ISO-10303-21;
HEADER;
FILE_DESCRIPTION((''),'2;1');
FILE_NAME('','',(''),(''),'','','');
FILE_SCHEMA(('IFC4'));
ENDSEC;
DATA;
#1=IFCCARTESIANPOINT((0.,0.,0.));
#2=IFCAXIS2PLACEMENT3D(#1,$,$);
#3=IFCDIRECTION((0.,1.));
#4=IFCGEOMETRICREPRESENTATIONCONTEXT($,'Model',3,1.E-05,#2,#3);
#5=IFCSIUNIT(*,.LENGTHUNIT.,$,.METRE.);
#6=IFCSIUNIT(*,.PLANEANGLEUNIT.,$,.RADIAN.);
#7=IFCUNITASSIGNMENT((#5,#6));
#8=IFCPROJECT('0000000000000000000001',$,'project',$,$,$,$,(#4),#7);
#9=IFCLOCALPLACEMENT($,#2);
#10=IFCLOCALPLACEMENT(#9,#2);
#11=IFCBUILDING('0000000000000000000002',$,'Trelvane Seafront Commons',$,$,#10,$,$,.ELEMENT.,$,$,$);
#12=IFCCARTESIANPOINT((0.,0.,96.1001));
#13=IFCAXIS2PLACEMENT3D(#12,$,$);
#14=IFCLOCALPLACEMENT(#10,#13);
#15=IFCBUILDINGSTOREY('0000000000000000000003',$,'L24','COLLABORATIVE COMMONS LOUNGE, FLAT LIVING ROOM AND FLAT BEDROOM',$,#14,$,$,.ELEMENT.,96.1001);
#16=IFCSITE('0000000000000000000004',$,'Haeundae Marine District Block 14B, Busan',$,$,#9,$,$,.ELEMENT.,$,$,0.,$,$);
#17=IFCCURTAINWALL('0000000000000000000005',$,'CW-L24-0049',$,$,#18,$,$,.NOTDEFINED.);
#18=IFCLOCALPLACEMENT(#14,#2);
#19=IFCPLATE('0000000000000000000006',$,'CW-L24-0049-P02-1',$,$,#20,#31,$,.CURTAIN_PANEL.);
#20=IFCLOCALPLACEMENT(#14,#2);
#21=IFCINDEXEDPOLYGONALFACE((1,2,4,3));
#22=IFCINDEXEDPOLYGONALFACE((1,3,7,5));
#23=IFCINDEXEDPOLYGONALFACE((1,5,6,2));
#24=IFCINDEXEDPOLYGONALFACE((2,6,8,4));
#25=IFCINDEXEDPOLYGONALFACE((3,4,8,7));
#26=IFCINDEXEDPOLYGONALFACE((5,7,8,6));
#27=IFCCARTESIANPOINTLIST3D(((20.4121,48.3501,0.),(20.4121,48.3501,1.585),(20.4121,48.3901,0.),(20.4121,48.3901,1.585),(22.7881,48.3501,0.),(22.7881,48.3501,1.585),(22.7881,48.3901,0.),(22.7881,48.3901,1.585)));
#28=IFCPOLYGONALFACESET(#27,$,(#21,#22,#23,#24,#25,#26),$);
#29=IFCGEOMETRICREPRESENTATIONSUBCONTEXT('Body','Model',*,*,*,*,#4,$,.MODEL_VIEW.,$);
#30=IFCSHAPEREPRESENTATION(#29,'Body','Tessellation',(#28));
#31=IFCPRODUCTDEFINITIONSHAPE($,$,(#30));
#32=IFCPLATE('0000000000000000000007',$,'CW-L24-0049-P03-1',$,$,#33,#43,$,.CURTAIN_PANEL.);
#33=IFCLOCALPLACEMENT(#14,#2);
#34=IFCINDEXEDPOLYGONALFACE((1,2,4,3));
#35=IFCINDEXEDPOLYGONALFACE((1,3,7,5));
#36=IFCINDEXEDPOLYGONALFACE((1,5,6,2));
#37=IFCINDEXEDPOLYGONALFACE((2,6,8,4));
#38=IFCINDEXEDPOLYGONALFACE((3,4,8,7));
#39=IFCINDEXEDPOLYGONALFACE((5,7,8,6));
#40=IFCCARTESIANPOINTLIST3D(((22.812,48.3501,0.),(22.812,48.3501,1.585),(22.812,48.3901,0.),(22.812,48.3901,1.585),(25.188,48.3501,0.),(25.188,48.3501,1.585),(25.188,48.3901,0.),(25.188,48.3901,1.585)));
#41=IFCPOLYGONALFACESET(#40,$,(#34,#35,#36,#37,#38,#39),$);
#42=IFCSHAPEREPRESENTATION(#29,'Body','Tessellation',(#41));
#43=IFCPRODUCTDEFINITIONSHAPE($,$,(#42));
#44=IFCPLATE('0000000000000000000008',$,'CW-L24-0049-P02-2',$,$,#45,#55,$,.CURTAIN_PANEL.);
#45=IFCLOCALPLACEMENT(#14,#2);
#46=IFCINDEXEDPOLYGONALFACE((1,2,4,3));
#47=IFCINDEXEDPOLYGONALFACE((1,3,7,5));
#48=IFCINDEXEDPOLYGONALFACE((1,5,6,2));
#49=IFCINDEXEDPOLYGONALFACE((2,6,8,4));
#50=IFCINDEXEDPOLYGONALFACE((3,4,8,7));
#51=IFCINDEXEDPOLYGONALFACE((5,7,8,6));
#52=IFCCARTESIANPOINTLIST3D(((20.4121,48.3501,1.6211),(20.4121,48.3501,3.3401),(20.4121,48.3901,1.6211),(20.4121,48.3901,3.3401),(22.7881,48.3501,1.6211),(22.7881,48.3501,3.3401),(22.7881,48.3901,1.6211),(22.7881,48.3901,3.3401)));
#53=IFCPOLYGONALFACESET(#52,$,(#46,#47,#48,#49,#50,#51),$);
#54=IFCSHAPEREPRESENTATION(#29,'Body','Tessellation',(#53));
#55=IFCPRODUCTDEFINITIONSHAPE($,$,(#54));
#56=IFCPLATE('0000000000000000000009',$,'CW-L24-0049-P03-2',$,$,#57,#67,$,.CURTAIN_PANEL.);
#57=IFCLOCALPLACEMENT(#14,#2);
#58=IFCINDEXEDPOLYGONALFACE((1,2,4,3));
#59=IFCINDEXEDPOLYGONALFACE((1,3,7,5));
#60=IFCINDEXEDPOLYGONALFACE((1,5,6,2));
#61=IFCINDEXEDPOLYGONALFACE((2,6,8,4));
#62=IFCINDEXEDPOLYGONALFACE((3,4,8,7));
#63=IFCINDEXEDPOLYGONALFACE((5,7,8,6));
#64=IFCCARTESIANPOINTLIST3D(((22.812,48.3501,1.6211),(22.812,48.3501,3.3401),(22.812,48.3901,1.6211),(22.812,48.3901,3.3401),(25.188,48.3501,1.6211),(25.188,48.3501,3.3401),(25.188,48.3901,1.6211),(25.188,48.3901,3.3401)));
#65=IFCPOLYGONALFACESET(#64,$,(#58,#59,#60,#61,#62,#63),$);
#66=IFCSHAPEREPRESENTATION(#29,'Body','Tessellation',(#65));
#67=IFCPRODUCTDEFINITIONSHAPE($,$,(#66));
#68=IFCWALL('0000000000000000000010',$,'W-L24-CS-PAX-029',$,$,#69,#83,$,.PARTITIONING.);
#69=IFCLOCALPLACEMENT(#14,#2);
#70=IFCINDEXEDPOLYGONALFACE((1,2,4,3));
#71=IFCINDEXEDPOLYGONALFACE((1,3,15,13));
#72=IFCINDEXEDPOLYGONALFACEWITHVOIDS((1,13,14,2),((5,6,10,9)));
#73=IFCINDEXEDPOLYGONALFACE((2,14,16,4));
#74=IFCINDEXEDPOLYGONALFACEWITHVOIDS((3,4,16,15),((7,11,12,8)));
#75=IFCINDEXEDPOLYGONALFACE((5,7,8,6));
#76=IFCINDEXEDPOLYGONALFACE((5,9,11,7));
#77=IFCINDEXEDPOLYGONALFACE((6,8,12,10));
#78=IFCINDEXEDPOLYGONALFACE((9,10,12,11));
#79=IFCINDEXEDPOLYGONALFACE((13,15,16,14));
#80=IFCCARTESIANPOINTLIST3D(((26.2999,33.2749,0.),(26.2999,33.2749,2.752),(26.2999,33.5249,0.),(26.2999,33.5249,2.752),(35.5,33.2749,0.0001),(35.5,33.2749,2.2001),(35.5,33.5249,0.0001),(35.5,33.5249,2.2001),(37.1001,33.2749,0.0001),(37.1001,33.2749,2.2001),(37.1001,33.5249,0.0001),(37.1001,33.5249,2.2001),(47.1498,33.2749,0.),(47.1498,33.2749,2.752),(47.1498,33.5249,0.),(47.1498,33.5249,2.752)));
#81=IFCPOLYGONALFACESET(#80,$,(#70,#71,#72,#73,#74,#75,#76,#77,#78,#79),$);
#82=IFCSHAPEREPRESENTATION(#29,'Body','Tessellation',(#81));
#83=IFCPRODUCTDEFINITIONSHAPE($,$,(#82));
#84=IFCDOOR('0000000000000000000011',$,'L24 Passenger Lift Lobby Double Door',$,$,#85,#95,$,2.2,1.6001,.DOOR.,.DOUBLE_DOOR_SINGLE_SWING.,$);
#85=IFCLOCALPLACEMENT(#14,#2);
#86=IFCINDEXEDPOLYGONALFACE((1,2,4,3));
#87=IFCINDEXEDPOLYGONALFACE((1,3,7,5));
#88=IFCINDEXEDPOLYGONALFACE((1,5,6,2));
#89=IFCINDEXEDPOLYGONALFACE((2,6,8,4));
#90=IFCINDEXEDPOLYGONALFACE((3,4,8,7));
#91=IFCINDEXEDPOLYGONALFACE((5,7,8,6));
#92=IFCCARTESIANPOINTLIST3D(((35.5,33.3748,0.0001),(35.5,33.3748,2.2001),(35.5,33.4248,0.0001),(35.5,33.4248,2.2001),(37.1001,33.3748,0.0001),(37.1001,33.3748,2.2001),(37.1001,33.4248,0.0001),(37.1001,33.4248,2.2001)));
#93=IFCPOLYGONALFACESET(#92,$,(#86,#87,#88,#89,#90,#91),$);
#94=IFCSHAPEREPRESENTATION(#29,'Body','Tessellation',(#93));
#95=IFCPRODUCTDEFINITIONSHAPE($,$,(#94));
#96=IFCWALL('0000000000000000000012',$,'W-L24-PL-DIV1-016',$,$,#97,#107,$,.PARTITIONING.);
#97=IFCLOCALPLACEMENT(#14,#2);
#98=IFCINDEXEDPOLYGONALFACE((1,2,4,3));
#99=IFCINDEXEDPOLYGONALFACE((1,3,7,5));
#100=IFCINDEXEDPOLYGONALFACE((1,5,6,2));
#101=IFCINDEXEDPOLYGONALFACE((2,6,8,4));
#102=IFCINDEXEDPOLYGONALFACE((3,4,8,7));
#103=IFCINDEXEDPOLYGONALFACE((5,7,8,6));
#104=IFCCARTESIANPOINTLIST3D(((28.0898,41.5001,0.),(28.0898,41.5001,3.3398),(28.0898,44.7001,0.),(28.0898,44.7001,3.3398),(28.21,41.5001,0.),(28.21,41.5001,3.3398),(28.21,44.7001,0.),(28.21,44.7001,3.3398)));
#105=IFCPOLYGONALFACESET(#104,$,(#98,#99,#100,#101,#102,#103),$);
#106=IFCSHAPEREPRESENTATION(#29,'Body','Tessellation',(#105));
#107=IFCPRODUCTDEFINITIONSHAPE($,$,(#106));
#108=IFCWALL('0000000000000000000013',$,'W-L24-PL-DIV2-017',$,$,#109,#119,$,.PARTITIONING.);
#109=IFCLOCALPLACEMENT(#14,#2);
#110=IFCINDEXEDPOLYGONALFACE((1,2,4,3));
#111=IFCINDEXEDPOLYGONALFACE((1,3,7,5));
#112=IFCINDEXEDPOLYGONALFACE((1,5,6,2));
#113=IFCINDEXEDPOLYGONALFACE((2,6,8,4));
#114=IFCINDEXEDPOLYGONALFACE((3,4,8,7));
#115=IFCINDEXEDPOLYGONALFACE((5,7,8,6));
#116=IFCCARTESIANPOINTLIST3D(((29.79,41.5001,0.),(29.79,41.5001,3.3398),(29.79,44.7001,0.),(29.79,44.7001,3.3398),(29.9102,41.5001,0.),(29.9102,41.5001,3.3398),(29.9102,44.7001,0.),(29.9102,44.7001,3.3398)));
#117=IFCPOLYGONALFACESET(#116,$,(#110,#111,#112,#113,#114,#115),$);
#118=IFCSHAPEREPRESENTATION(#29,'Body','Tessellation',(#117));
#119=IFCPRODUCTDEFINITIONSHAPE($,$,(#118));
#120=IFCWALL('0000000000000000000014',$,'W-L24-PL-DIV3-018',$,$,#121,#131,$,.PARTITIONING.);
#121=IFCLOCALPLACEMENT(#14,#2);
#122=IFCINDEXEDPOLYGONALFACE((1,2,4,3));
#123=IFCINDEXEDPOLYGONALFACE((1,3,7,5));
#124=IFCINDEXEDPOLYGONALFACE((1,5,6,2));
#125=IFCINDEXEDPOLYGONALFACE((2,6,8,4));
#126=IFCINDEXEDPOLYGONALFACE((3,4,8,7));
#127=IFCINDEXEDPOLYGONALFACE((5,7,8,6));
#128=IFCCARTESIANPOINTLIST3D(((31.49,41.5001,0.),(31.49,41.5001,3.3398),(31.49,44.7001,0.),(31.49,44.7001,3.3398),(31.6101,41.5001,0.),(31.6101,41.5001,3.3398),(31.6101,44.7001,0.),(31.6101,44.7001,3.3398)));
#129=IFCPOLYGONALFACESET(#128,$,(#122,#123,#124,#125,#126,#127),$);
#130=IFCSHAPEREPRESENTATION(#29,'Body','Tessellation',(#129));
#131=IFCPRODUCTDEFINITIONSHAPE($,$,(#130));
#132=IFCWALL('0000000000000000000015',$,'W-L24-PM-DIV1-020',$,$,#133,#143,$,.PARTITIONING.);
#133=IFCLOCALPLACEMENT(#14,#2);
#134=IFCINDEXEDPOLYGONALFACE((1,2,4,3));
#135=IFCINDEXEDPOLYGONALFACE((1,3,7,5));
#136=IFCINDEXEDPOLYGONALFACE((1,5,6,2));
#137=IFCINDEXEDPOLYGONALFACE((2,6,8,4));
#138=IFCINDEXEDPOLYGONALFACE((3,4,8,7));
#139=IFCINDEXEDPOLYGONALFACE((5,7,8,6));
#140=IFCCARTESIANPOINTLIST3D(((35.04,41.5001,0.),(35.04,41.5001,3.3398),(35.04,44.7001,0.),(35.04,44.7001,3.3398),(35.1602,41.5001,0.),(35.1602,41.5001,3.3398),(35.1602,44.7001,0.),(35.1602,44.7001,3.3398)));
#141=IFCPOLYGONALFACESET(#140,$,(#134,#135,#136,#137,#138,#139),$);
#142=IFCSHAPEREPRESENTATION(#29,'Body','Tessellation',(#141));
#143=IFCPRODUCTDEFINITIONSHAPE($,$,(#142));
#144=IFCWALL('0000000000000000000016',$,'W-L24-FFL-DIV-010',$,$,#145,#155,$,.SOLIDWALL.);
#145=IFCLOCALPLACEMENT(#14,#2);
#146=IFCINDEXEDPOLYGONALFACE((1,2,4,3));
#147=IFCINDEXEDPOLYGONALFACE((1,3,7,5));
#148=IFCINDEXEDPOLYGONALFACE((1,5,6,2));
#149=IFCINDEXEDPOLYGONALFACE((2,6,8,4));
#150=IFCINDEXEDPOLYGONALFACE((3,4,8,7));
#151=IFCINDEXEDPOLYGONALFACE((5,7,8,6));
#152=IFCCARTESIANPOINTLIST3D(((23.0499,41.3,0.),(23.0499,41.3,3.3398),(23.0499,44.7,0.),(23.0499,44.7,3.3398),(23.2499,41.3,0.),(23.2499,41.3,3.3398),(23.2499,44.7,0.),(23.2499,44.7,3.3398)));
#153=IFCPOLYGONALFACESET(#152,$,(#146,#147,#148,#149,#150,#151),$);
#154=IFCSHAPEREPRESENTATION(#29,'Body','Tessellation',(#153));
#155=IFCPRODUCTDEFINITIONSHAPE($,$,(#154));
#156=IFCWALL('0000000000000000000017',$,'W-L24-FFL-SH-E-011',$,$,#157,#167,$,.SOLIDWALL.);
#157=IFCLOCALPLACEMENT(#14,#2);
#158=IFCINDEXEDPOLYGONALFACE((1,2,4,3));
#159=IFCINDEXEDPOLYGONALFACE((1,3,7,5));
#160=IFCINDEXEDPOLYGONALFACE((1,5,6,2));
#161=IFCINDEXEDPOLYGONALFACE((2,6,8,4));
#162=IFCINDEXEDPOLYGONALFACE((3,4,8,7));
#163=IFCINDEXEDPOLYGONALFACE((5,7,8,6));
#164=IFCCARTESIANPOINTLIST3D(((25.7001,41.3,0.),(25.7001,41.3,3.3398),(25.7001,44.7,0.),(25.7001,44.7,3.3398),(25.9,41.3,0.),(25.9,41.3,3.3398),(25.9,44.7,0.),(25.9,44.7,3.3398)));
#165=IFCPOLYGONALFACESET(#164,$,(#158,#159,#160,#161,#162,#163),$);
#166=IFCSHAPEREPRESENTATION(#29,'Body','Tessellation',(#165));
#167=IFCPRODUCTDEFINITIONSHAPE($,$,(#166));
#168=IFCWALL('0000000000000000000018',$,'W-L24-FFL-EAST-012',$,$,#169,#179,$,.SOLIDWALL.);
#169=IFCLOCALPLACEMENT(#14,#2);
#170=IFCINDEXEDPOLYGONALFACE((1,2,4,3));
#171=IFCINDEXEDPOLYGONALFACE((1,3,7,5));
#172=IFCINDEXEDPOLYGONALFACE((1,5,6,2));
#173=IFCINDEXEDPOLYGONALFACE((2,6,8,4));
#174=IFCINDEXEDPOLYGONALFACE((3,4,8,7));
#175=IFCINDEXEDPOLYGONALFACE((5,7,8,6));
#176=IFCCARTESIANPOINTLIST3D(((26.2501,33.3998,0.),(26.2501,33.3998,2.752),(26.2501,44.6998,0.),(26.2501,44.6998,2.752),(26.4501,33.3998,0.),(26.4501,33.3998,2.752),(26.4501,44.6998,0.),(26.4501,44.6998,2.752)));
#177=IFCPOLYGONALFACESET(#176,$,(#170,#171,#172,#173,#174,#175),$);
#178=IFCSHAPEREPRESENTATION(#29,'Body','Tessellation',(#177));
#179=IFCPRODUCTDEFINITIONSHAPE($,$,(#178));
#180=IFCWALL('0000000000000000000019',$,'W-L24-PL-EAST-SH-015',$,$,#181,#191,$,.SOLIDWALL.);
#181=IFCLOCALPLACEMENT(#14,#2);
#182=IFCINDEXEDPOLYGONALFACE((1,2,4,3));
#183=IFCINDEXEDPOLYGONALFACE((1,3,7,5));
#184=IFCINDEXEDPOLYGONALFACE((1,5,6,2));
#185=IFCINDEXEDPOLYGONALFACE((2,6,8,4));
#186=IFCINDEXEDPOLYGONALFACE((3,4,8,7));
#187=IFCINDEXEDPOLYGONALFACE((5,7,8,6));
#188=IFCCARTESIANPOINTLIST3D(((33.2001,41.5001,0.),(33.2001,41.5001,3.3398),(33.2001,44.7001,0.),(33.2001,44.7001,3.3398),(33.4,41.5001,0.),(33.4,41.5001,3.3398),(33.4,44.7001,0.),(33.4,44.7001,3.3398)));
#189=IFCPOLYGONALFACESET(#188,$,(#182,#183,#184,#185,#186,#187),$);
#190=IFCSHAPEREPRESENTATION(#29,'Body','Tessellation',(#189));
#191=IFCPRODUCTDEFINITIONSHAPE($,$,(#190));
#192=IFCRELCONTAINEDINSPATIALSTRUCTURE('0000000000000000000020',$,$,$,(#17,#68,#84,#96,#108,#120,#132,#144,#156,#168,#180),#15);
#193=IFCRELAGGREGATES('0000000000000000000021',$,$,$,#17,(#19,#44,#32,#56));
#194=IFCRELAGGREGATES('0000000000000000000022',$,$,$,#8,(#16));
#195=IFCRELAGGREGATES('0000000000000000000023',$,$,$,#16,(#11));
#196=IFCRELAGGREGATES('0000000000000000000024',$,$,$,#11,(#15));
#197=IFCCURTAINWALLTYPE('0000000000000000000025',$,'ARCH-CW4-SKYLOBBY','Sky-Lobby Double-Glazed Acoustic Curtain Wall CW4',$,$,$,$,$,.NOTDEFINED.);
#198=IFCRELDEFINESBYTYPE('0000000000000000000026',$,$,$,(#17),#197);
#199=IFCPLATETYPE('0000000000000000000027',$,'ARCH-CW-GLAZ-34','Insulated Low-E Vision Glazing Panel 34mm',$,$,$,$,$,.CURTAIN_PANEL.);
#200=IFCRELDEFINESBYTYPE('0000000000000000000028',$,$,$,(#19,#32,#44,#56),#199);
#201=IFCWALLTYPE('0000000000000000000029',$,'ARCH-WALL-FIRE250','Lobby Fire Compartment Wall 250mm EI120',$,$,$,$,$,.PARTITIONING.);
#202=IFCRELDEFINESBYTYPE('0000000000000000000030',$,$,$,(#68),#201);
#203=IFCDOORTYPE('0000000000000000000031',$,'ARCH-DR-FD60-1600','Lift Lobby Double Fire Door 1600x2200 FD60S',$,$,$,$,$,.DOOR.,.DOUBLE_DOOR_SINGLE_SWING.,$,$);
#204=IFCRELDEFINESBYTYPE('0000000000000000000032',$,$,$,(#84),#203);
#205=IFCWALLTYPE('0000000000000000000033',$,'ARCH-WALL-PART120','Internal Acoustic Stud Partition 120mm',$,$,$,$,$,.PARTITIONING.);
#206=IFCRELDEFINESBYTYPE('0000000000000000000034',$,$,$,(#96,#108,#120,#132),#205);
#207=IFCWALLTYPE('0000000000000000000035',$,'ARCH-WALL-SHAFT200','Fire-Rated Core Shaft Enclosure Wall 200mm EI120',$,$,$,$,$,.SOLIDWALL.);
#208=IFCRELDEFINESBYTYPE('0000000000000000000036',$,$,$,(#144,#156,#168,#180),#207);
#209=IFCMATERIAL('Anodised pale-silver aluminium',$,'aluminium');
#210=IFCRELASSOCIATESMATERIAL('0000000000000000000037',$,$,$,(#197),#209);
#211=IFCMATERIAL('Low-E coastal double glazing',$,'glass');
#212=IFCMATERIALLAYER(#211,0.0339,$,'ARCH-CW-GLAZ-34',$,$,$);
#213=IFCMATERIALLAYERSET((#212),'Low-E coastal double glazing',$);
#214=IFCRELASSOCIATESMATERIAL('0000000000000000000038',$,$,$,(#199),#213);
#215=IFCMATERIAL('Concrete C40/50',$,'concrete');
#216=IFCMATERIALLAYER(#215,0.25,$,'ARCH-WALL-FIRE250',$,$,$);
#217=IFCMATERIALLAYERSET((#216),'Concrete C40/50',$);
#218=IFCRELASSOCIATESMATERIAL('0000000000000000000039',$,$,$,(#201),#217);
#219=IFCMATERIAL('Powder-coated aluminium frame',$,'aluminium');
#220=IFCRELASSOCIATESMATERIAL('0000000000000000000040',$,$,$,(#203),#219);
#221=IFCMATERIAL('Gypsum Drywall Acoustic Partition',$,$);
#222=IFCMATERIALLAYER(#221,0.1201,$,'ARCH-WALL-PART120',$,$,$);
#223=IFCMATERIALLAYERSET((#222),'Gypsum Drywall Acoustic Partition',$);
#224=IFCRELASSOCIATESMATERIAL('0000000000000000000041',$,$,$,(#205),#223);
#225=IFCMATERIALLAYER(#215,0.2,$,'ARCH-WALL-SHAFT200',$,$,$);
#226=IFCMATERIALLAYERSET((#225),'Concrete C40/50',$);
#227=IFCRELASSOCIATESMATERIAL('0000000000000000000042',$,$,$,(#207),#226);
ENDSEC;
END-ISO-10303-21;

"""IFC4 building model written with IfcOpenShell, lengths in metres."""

from ifc_helpers import new_model, si_unit, direction, frame, frame_2d, origin, origin_2d, place, context, subcontext, project, spatial, rectangle, extrude, source, transform, mapped, material, layer, layer_set, type_object, element, fill, aggregate, save


model = new_model("IFC4")

# Units and contexts
model_context = context("Model", 3, precision=1e-05, world=origin(), true_north=direction((0.0, 1.0)))
body_context = subcontext(model_context, "Body", "Model", "MODEL_VIEW")
ifc_project = project(units=[si_unit("LENGTHUNIT", "METRE"), si_unit("PLANEANGLEUNIT", "RADIAN")], contexts=[model_context])

# Site, building, storey
site_placement = place(None, origin())
site = spatial("IfcSite", under=ifc_project, at=site_placement, Name="Haeundae Marine District Block 14B, Busan", CompositionType="ELEMENT", RefElevation=0.0)
building_placement = place(site_placement, origin())
building = spatial("IfcBuilding", under=site, at=building_placement, Name="Trelvane Seafront Commons", CompositionType="ELEMENT")
storey_placement = place(building_placement, frame((0.0, 0.0, 96.1001)))
storey = spatial("IfcBuildingStorey", under=building, at=storey_placement, Name="L24", Description="COLLABORATIVE COMMONS LOUNGE, FLAT LIVING ROOM AND FLAT BEDROOM", CompositionType="ELEMENT", Elevation=96.1001)

# Curtain wall, plates
ifc_material_1 = material(Name="Anodised pale-silver aluminium", Category="aluminium")
curtain_wall_type = type_object("IfcCurtainWallType", Name="ARCH-CW4-SKYLOBBY", Description="Sky-Lobby Double-Glazed Acoustic Curtain Wall CW4", PredefinedType="NOTDEFINED", material=ifc_material_1)
curtain_wall_placement = place(storey_placement, origin())
curtain_wall = element("IfcCurtainWall", 1, at=curtain_wall_placement, inside=storey, type_object=curtain_wall_type, Name="CW-L24-0049", PredefinedType="NOTDEFINED")
ifc_material_2 = material(Name="Low-E coastal double glazing", Category="glass")
ifc_layer_1 = layer(ifc_material_2, 0.0339, Name="ARCH-CW-GLAZ-34")
ifc_layer_set_1 = layer_set([ifc_layer_1], Name="Low-E coastal double glazing")
plate_type = type_object("IfcPlateType", Name="ARCH-CW-GLAZ-34", Description="Insulated Low-E Vision Glazing Panel 34mm", PredefinedType="CURTAIN_PANEL", material=ifc_layer_set_1)
shared_shape_1 = source(origin(), body_context, "Body", "SweptSolid", [
    extrude(rectangle(XDim=2.376, YDim=0.04, at=origin_2d()), origin(), (0.0, 0.0, 1.0), 1.585),
])
plate_1_placement = place(storey_placement, frame((21.6001, 48.3701, 0.0), z_axis=(0.0, 0.0, 1.0), x_axis=(1.0, 0.0, 0.0)))
plate_1 = element("IfcPlate", 2, at=plate_1_placement, type_object=plate_type, Name="CW-L24-0049-P02-1", PredefinedType="CURTAIN_PANEL", context=body_context, shape_type="MappedRepresentation", body=[
    mapped(shared_shape_1, transform((0.0, 0.0, 0.0), x_axis=(1.0, 0.0, 0.0), y_axis=(0.0, 1.0, 0.0), z_axis=(0.0, 0.0, 1.0), scale=1.0)),
])
plate_2_placement = place(storey_placement, frame((24.0, 48.3701, 0.0), z_axis=(0.0, 0.0, 1.0), x_axis=(1.0, 0.0, 0.0)))
plate_2 = element("IfcPlate", 3, at=plate_2_placement, type_object=plate_type, Name="CW-L24-0049-P03-1", PredefinedType="CURTAIN_PANEL", context=body_context, shape_type="MappedRepresentation", body=[
    mapped(shared_shape_1, transform((0.0, 0.0, 0.0), x_axis=(1.0, 0.0, 0.0), y_axis=(0.0, 1.0, 0.0), z_axis=(0.0, 0.0, 1.0), scale=1.0)),
])
shared_shape_2 = source(origin(), body_context, "Body", "SweptSolid", [
    extrude(rectangle(XDim=2.376, YDim=0.04, at=origin_2d()), origin(), (0.0, 0.0, 1.0), 1.719),
])
plate_3_placement = place(storey_placement, frame((21.6001, 48.3701, 1.6211), z_axis=(0.0, 0.0, 1.0), x_axis=(1.0, 0.0, 0.0)))
plate_3 = element("IfcPlate", 4, at=plate_3_placement, type_object=plate_type, Name="CW-L24-0049-P02-2", PredefinedType="CURTAIN_PANEL", context=body_context, shape_type="MappedRepresentation", body=[
    mapped(shared_shape_2, transform((0.0, 0.0, 0.0), x_axis=(1.0, 0.0, 0.0), y_axis=(0.0, 1.0, 0.0), z_axis=(0.0, 0.0, 1.0), scale=1.0)),
])
plate_4_placement = place(storey_placement, frame((24.0, 48.3701, 1.6211), z_axis=(0.0, 0.0, 1.0), x_axis=(1.0, 0.0, 0.0)))
plate_4 = element("IfcPlate", 5, at=plate_4_placement, type_object=plate_type, Name="CW-L24-0049-P03-2", PredefinedType="CURTAIN_PANEL", context=body_context, shape_type="MappedRepresentation", body=[
    mapped(shared_shape_2, transform((0.0, 0.0, 0.0), x_axis=(1.0, 0.0, 0.0), y_axis=(0.0, 1.0, 0.0), z_axis=(0.0, 0.0, 1.0), scale=1.0)),
])
aggregate(curtain_wall, [plate_1, plate_3, plate_2, plate_4])

# Wall, opening, door
ifc_material_3 = material(Name="Concrete C40/50", Category="concrete")
ifc_layer_2 = layer(ifc_material_3, 0.25, Name="ARCH-WALL-FIRE250")
ifc_layer_set_2 = layer_set([ifc_layer_2], Name="Concrete C40/50")
wall_type_1 = type_object("IfcWallType", Name="ARCH-WALL-FIRE250", Description="Lobby Fire Compartment Wall 250mm EI120", PredefinedType="PARTITIONING", material=ifc_layer_set_2)
wall_1_placement = place(storey_placement, frame((26.3, 33.3999, 0.0), z_axis=(0.0, 0.0, 1.0), x_axis=(1.0, 0.0, 0.0)))
wall_1 = element("IfcWall", 6, at=wall_1_placement, inside=storey, type_object=wall_type_1, Name="W-L24-CS-PAX-029", PredefinedType="PARTITIONING", context=body_context, shape_type="SweptSolid", body=[
    extrude(rectangle(XDim=20.8499, YDim=0.25, at=frame_2d((10.4248, 0.0))), origin(), (0.0, 0.0, 1.0), 2.752),
])
opening_1_placement = place(wall_1_placement, frame((9.2, 0.0, 0.0)))
opening_1 = element("IfcOpeningElement", 7, at=opening_1_placement, cuts=wall_1, PredefinedType="OPENING", context=body_context, shape_type="SweptSolid", body=[
    extrude(rectangle(XDim=1.6001, YDim=2.2, at=frame_2d((0.8, 1.1001))), frame((0.0, 0.135, 0.0), z_axis=(0.0, -1.0, 0.0), x_axis=(1.0, 0.0, 0.0)), (0.0, 0.0, 1.0), 0.27),
])
ifc_material_4 = material(Name="Powder-coated aluminium frame", Category="aluminium")
door_type_1 = type_object("IfcDoorType", Name="ARCH-DR-FD60-1600", Description="Lift Lobby Double Fire Door 1600x2200 FD60S", OperationType="DOUBLE_DOOR_SINGLE_SWING", PredefinedType="DOOR", material=ifc_material_4)
shared_shape_3 = source(origin(), body_context, "Body", "SweptSolid", [
    extrude(rectangle(XDim=1.6001, YDim=2.2, at=frame_2d((0.8, 1.1001))), frame((0.0, 0.0249, 0.0), z_axis=(0.0, -1.0, 0.0), x_axis=(1.0, 0.0, 0.0)), (0.0, 0.0, 1.0), 0.05),
])
door_1_placement = place(opening_1_placement, origin())
door_1 = element("IfcDoor", 8, at=door_1_placement, inside=storey, type_object=door_type_1, Name="L24 Passenger Lift Lobby Double Door", OperationType="DOUBLE_DOOR_SINGLE_SWING", OverallHeight=2.2, OverallWidth=1.6001, PredefinedType="DOOR", context=body_context, shape_type="MappedRepresentation", body=[
    mapped(shared_shape_3, transform((0.0, 0.0, 0.0), x_axis=(1.0, 0.0, 0.0), y_axis=(0.0, 1.0, 0.0), z_axis=(0.0, 0.0, 1.0), scale=1.0)),
])
fill(opening_1, door_1)

# Walls
ifc_material_5 = material(Name="Gypsum Drywall Acoustic Partition")
ifc_layer_3 = layer(ifc_material_5, 0.1201, Name="ARCH-WALL-PART120")
ifc_layer_set_3 = layer_set([ifc_layer_3], Name="Gypsum Drywall Acoustic Partition")
wall_type_2 = type_object("IfcWallType", Name="ARCH-WALL-PART120", Description="Internal Acoustic Stud Partition 120mm", PredefinedType="PARTITIONING", material=ifc_layer_set_3)
for number, where, z_axis, x_axis, name in (
    (9, (28.1499, 41.5, 0.0), (0.0, 0.0, 1.0), (0.0, 1.0, 0.0), "W-L24-PL-DIV1-016"),
    (10, (29.8501, 41.5, 0.0), (0.0, 0.0, 1.0), (0.0, 1.0, 0.0), "W-L24-PL-DIV2-017"),
    (11, (31.55, 41.5, 0.0), (0.0, 0.0, 1.0), (0.0, 1.0, 0.0), "W-L24-PL-DIV3-018"),
    (12, (35.1001, 41.5, 0.0), (0.0, 0.0, 1.0), (0.0, 1.0, 0.0), "W-L24-PM-DIV1-020"),
):
    element("IfcWall", number, at=place(storey_placement, frame(where, z_axis=z_axis, x_axis=x_axis)), inside=storey, type_object=wall_type_2, Name=name, PredefinedType="PARTITIONING", context=body_context, shape_type="SweptSolid", body=[
        extrude(rectangle(XDim=3.2, YDim=0.1201, at=frame_2d((1.6001, 0.0))), origin(), (0.0, 0.0, 1.0), 3.3398),
    ])
ifc_layer_4 = layer(ifc_material_3, 0.2, Name="ARCH-WALL-SHAFT200")
ifc_layer_set_4 = layer_set([ifc_layer_4], Name="Concrete C40/50")
wall_type_3 = type_object("IfcWallType", Name="ARCH-WALL-SHAFT200", Description="Fire-Rated Core Shaft Enclosure Wall 200mm EI120", PredefinedType="SOLIDWALL", material=ifc_layer_set_4)
for number, where, z_axis, x_axis, name in (
    (13, (23.1499, 41.3, 0.0), (0.0, 0.0, 1.0), (0.0, 1.0, 0.0), "W-L24-FFL-DIV-010"),
    (14, (25.8, 41.3, 0.0), (0.0, 0.0, 1.0), (0.0, 1.0, 0.0), "W-L24-FFL-SH-E-011"),
):
    element("IfcWall", number, at=place(storey_placement, frame(where, z_axis=z_axis, x_axis=x_axis)), inside=storey, type_object=wall_type_3, Name=name, PredefinedType="SOLIDWALL", context=body_context, shape_type="SweptSolid", body=[
        extrude(rectangle(XDim=3.3999, YDim=0.2, at=frame_2d((1.7, 0.0))), origin(), (0.0, 0.0, 1.0), 3.3398),
    ])
wall_2_placement = place(storey_placement, frame((26.3501, 33.3999, 0.0), z_axis=(0.0, 0.0, 1.0), x_axis=(0.0, 1.0, 0.0)))
element("IfcWall", 15, at=wall_2_placement, inside=storey, type_object=wall_type_3, Name="W-L24-FFL-EAST-012", PredefinedType="SOLIDWALL", context=body_context, shape_type="SweptSolid", body=[
    extrude(rectangle(XDim=11.3, YDim=0.2, at=frame_2d((5.6499, 0.0))), origin(), (0.0, 0.0, 1.0), 2.752),
])

# Wall
wall_3_placement = place(storey_placement, frame((33.3, 41.5, 0.0), z_axis=(0.0, 0.0, 1.0), x_axis=(0.0, 1.0, 0.0)))
element("IfcWall", 16, at=wall_3_placement, inside=storey, type_object=wall_type_3, Name="W-L24-PL-EAST-SH-015", PredefinedType="SOLIDWALL", context=body_context, shape_type="SweptSolid", body=[
    extrude(rectangle(XDim=3.2, YDim=0.2, at=frame_2d((1.6001, 0.0))), origin(), (0.0, 0.0, 1.0), 3.3398),
])

save(model, "model.ifc")
